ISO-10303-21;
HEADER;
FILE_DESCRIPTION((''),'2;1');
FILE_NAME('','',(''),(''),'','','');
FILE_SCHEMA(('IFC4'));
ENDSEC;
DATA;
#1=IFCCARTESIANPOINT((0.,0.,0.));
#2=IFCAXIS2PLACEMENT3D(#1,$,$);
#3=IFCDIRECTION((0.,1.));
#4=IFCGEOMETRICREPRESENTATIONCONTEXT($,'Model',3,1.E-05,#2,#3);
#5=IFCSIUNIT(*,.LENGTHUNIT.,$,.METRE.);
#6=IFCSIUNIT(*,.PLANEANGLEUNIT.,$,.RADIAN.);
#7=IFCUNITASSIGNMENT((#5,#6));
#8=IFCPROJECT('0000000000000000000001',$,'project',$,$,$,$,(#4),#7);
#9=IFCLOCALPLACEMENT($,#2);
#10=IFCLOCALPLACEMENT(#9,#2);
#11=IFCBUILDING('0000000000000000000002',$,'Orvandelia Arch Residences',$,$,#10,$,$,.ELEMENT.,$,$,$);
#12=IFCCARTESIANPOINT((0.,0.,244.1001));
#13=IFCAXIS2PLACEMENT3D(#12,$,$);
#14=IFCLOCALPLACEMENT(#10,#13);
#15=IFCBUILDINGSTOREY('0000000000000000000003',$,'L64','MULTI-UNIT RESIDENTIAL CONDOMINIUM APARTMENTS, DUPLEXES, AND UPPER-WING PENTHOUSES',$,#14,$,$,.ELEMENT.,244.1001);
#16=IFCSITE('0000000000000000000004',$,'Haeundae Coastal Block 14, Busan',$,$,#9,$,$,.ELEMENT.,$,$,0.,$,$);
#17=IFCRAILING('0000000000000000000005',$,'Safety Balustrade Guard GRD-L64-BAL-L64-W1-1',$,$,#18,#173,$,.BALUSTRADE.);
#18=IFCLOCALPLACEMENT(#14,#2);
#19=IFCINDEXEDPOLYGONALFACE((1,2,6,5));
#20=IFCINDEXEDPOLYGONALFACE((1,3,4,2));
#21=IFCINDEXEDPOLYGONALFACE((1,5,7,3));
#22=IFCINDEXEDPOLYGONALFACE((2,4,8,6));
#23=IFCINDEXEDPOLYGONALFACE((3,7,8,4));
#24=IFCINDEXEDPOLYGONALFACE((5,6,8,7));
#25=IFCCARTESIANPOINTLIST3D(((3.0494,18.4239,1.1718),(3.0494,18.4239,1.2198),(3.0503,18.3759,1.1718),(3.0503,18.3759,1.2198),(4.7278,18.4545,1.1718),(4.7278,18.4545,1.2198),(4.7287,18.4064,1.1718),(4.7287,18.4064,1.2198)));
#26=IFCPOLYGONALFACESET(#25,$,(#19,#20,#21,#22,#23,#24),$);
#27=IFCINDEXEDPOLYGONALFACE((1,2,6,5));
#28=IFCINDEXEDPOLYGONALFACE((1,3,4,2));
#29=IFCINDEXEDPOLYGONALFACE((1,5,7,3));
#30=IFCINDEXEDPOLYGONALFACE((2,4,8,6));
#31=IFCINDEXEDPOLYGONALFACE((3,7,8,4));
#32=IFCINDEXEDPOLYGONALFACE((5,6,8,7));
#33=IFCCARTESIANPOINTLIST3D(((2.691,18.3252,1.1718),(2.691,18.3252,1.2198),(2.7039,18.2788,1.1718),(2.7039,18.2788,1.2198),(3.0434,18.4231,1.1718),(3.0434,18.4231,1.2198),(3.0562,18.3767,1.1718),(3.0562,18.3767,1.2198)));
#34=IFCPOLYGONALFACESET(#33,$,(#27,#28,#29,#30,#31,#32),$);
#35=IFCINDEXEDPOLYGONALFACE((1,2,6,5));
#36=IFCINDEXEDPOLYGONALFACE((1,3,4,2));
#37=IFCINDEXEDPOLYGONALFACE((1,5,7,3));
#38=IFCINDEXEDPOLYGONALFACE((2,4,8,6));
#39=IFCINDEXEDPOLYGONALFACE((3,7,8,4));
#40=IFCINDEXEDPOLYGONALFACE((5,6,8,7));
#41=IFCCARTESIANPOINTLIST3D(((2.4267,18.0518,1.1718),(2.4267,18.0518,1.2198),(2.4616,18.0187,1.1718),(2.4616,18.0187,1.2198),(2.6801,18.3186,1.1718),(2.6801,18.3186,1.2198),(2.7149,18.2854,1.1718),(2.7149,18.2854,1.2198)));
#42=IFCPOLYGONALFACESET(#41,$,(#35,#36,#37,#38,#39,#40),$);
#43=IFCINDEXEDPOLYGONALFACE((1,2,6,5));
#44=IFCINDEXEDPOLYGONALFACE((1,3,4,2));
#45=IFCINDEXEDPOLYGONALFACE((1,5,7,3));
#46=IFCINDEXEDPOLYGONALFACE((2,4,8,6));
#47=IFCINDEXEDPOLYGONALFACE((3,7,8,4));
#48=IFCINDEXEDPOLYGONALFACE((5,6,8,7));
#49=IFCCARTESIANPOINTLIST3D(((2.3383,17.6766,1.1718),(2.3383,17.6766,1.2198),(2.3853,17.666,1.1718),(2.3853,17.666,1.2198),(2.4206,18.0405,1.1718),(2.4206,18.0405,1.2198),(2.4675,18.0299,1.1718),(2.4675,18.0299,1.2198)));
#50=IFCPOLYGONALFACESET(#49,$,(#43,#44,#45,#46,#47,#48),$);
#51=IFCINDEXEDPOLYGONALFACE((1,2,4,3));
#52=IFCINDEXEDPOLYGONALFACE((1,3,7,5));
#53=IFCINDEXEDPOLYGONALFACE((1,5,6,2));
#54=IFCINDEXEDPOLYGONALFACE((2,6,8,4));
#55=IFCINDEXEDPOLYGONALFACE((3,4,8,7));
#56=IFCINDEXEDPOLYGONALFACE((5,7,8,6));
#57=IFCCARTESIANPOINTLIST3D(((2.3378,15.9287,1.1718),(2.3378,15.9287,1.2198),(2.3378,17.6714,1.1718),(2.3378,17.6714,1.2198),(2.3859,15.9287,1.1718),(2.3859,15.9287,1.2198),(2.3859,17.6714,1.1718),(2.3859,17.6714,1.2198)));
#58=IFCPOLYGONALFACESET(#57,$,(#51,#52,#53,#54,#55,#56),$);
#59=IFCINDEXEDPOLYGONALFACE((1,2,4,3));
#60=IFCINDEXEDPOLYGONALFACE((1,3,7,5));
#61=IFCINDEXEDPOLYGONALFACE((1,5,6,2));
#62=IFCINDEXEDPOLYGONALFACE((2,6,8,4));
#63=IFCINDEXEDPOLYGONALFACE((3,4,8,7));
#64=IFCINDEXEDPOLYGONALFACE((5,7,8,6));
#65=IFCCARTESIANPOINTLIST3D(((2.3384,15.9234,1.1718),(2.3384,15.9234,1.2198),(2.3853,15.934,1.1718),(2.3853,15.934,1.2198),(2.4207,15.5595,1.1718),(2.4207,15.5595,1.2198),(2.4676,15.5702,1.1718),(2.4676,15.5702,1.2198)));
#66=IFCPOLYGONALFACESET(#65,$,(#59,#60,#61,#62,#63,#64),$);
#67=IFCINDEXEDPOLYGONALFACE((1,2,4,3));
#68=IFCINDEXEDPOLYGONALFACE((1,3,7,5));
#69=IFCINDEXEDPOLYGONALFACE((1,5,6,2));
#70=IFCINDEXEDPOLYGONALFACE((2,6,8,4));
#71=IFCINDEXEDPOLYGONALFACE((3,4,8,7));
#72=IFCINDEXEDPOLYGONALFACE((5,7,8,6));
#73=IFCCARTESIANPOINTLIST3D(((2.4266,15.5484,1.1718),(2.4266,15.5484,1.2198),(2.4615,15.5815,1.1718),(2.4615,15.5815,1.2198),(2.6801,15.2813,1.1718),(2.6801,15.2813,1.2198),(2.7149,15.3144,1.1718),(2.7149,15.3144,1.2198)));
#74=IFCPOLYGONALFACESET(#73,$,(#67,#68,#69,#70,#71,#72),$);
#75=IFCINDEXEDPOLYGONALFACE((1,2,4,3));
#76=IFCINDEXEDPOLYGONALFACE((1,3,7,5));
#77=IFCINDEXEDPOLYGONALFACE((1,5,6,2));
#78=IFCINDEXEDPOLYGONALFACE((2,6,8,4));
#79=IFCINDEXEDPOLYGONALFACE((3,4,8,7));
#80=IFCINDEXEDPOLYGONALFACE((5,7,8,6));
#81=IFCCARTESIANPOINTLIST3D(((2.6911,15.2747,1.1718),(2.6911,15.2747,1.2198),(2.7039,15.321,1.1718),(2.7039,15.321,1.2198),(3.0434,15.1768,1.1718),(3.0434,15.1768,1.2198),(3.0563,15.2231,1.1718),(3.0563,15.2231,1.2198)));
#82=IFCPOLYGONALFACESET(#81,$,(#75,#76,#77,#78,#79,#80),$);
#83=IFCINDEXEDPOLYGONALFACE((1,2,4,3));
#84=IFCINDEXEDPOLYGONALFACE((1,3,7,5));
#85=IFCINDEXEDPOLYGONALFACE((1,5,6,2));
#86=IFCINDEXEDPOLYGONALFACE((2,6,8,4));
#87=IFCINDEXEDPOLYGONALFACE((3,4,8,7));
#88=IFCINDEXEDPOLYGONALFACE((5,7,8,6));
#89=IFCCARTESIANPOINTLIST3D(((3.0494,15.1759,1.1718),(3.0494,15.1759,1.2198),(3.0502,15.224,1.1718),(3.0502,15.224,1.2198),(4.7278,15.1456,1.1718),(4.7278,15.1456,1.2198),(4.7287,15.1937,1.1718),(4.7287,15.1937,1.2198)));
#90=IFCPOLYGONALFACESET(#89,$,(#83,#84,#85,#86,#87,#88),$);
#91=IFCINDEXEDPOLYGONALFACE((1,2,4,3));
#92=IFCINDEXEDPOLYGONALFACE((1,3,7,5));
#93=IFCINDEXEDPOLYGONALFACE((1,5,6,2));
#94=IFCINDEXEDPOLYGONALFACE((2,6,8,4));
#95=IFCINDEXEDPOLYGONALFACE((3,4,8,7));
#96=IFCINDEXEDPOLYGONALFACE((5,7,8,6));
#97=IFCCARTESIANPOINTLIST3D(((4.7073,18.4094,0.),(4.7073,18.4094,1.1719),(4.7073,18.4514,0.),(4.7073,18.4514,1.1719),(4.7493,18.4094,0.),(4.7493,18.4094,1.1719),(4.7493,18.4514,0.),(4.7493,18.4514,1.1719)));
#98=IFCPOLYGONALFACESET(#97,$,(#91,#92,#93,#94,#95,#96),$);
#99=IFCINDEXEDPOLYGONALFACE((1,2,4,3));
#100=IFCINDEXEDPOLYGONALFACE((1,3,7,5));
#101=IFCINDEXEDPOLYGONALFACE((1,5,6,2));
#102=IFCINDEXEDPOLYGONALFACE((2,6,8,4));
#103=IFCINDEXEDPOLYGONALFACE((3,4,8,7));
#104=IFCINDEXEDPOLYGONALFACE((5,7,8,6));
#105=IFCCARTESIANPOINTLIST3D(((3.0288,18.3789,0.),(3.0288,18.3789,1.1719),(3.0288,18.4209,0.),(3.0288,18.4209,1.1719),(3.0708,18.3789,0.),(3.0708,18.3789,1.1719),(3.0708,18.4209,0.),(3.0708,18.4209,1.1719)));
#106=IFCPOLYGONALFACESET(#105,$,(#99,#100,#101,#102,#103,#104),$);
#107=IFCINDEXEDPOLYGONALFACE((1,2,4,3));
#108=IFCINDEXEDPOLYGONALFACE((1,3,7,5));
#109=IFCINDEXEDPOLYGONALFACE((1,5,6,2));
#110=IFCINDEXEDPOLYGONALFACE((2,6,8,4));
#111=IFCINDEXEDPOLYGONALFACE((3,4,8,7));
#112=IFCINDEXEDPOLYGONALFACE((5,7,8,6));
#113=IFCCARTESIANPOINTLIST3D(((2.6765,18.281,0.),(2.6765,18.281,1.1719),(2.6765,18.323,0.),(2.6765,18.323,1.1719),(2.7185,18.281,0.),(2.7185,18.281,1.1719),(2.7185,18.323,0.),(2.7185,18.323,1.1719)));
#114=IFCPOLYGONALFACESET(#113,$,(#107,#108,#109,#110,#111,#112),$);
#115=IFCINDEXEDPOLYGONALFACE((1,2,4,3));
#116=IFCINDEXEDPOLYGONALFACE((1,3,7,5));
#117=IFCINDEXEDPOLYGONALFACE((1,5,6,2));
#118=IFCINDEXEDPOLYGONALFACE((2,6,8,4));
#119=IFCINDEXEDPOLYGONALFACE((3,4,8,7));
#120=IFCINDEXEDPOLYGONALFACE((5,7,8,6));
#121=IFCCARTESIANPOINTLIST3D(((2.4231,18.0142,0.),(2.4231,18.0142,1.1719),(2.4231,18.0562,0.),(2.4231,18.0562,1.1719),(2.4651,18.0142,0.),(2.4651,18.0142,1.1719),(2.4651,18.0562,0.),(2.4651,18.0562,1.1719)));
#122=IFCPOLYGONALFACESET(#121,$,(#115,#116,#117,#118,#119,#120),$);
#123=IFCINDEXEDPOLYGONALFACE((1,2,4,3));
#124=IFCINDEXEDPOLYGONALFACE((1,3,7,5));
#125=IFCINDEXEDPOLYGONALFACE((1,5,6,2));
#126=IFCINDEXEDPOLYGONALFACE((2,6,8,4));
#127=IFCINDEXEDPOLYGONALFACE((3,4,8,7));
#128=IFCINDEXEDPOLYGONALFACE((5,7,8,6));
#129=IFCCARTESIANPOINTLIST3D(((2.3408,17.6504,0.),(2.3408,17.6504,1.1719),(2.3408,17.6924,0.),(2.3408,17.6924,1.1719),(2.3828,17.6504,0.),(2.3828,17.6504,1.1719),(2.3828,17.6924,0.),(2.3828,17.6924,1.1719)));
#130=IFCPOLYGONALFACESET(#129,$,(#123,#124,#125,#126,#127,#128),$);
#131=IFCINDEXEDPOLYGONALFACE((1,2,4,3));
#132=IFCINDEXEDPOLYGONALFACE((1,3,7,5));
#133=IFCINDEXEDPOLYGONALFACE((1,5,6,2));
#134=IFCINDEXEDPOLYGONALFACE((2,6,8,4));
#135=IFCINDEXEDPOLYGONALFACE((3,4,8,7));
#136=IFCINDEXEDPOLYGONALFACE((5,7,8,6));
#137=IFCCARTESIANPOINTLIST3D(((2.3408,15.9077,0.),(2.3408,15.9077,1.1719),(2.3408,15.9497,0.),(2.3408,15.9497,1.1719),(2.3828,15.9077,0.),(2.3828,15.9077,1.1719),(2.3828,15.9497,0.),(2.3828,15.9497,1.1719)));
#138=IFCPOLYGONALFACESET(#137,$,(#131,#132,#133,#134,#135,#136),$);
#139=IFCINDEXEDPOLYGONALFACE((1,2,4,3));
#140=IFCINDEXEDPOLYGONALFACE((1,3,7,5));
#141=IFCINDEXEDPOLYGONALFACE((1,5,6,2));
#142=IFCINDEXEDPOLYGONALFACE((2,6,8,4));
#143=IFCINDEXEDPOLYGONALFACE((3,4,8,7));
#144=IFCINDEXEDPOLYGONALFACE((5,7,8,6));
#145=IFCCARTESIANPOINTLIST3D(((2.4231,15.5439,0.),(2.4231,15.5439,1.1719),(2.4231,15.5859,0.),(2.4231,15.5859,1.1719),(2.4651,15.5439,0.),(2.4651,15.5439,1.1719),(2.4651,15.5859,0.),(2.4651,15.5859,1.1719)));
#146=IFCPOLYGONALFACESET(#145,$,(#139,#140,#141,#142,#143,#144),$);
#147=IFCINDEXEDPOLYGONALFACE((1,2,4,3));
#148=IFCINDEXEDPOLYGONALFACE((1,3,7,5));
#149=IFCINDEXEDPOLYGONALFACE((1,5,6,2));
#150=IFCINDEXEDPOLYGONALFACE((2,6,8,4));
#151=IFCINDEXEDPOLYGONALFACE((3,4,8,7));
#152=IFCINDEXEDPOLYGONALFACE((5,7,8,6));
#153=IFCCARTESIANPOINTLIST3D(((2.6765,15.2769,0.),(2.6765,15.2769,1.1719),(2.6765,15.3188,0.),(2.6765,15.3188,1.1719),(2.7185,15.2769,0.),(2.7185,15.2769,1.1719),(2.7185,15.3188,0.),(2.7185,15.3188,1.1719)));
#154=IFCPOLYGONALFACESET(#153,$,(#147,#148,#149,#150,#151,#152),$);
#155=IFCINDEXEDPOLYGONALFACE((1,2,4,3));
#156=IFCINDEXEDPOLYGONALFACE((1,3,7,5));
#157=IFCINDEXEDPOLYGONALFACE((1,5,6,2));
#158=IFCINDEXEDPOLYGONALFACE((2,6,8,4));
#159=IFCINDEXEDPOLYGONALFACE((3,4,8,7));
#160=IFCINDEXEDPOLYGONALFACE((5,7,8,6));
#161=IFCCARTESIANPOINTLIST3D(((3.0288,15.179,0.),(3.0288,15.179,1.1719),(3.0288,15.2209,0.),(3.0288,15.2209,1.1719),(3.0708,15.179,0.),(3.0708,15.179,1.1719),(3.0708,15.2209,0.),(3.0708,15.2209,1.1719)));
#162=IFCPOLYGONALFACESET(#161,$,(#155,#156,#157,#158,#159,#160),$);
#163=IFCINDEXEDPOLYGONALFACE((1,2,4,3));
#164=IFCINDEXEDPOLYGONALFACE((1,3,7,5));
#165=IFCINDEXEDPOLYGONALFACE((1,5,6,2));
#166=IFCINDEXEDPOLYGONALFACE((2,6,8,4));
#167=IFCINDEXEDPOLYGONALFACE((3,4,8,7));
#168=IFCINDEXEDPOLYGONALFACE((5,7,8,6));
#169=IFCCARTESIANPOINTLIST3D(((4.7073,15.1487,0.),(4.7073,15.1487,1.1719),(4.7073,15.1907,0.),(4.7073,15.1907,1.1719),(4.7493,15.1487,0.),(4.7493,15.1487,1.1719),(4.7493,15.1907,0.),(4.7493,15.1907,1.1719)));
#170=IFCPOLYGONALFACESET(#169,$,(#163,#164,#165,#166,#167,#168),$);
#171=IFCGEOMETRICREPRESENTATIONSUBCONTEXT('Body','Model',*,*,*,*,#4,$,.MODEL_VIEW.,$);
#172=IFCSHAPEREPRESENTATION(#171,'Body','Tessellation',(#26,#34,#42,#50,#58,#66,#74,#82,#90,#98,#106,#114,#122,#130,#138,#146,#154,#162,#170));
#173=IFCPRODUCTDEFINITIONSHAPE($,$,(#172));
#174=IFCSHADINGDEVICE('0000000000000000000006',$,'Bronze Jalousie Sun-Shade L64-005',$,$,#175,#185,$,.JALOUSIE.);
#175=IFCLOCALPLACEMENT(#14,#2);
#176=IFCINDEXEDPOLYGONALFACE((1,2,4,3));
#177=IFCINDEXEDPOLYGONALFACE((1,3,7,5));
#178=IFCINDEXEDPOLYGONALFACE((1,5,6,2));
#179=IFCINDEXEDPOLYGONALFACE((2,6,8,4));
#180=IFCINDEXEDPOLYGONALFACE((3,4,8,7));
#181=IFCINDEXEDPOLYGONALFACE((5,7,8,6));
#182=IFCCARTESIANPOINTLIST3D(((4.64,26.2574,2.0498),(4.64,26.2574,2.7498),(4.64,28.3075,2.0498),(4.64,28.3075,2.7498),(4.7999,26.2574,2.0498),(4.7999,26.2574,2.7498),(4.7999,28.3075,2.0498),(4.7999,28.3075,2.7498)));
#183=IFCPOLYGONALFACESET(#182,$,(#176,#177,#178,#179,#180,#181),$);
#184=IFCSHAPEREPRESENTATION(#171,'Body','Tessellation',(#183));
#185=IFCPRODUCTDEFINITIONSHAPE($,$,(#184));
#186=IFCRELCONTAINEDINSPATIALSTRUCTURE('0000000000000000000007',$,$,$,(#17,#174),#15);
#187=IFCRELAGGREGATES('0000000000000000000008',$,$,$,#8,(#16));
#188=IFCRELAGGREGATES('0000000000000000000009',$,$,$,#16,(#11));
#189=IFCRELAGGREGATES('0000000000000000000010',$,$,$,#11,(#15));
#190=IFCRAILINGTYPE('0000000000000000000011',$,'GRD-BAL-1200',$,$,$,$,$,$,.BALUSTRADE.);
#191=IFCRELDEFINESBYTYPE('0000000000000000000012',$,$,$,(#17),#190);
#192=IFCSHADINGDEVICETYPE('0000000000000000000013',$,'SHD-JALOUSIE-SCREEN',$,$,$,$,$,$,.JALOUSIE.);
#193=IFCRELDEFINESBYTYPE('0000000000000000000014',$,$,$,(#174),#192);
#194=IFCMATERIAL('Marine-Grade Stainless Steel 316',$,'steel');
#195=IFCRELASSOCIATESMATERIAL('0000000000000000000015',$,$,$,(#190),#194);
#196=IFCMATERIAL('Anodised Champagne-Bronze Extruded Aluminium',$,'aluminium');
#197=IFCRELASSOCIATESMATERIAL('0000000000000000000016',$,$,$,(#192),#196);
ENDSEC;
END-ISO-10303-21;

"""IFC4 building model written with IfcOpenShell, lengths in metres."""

from ifc_helpers import new_model, si_unit, direction, frame, origin, origin_2d, place, context, subcontext, project, spatial, rectangle, extrude, material, type_object, element, save


model = new_model("IFC4")

# Units and contexts
model_context = context("Model", 3, precision=1e-05, world=origin(), true_north=direction((0.0, 1.0)))
body_context = subcontext(model_context, "Body", "Model", "MODEL_VIEW")
ifc_project = project(units=[si_unit("LENGTHUNIT", "METRE"), si_unit("PLANEANGLEUNIT", "RADIAN")], contexts=[model_context])

# Site, building, storey
site_placement = place(None, origin())
site = spatial("IfcSite", under=ifc_project, at=site_placement, Name="Haeundae Coastal Block 14, Busan", CompositionType="ELEMENT", RefElevation=0.0)
building_placement = place(site_placement, origin())
building = spatial("IfcBuilding", under=site, at=building_placement, Name="Orvandelia Arch Residences", CompositionType="ELEMENT")
storey_placement = place(building_placement, frame((0.0, 0.0, 244.1001)))
storey = spatial("IfcBuildingStorey", under=building, at=storey_placement, Name="L64", Description="MULTI-UNIT RESIDENTIAL CONDOMINIUM APARTMENTS, DUPLEXES, AND UPPER-WING PENTHOUSES", CompositionType="ELEMENT", Elevation=244.1001)

# Railing
ifc_material_1 = material(Name="Marine-Grade Stainless Steel 316", Category="steel")
railing_type = type_object("IfcRailingType", Name="GRD-BAL-1200", PredefinedType="BALUSTRADE", material=ifc_material_1)
railing_placement = place(storey_placement, frame((4.7283, 18.4304, 0.0)))
element("IfcRailing", 1, at=railing_placement, inside=storey, type_object=railing_type, Name="Safety Balustrade Guard GRD-L64-BAL-L64-W1-1", PredefinedType="BALUSTRADE", context=body_context, shape_type="SweptSolid", body=[
    extrude(rectangle(XDim=0.0481, YDim=0.0481, at=origin_2d()), frame((0.0, 0.0, 1.1958), z_axis=(-0.999835, -0.018179, 0.0), x_axis=(0.018179, -0.999835, 0.0)), (0.0, 0.0, 1.0), 1.6787),
    extrude(rectangle(XDim=0.0481, YDim=0.0481, at=origin_2d()), frame((-1.6785, -0.0305, 1.1958), z_axis=(-0.963489, -0.267747, 0.0), x_axis=(0.267747, -0.963489, 0.0)), (0.0, 0.0, 1.0), 0.3657),
    extrude(rectangle(XDim=0.0481, YDim=0.0481, at=origin_2d()), frame((-2.0308, -0.1284, 1.1958), z_axis=(-0.688627, -0.725115, 0.0), x_axis=(0.725115, -0.688627, 0.0)), (0.0, 0.0, 1.0), 0.3679),
    extrude(rectangle(XDim=0.0481, YDim=0.0481, at=origin_2d()), frame((-2.2842, -0.3953, 1.1958), z_axis=(-0.220602, -0.975364, 0.0), x_axis=(0.975364, -0.220602, 0.0)), (0.0, 0.0, 1.0), 0.373),
    extrude(rectangle(XDim=0.0481, YDim=0.0481, at=origin_2d()), frame((-2.3665, -0.759, 1.1958), z_axis=(0.0, -1.0, 0.0), x_axis=(1.0, 0.0, 0.0)), (0.0, 0.0, 1.0), 1.7427),
    extrude(rectangle(XDim=0.0481, YDim=0.0481, at=origin_2d()), frame((-2.3665, -2.5017, 1.1958), z_axis=(0.220602, -0.975364, 0.0), x_axis=(0.975364, 0.220602, 0.0)), (0.0, 0.0, 1.0), 0.373),
    extrude(rectangle(XDim=0.0481, YDim=0.0481, at=origin_2d()), frame((-2.2842, -2.8655, 1.1958), z_axis=(0.688296, -0.72543, 0.0), x_axis=(0.72543, 0.688296, 0.0)), (0.0, 0.0, 1.0), 0.3682),
    extrude(rectangle(XDim=0.0481, YDim=0.0481, at=origin_2d()), frame((-2.0308, -3.1326, 1.1958), z_axis=(0.963489, -0.267747, 0.0), x_axis=(0.267747, 0.963489, 0.0)), (0.0, 0.0, 1.0), 0.3657),
    extrude(rectangle(XDim=0.0481, YDim=0.0481, at=origin_2d()), frame((-1.6785, -3.2305, 1.1958), z_axis=(0.999837, -0.018033, 0.0), x_axis=(0.018033, 0.999837, 0.0)), (0.0, 0.0, 1.0), 1.6787),
    extrude(rectangle(XDim=0.042, YDim=0.042, at=origin_2d()), origin(), (0.0, 0.0, 1.0), 1.1719),
    extrude(rectangle(XDim=0.042, YDim=0.042, at=origin_2d()), frame((-1.6785, -0.0305, 0.0)), (0.0, 0.0, 1.0), 1.1719),
    extrude(rectangle(XDim=0.042, YDim=0.042, at=origin_2d()), frame((-2.0308, -0.1284, 0.0)), (0.0, 0.0, 1.0), 1.1719),
    extrude(rectangle(XDim=0.042, YDim=0.042, at=origin_2d()), frame((-2.2842, -0.3953, 0.0)), (0.0, 0.0, 1.0), 1.1719),
    extrude(rectangle(XDim=0.042, YDim=0.042, at=origin_2d()), frame((-2.3665, -0.759, 0.0)), (0.0, 0.0, 1.0), 1.1719),
    extrude(rectangle(XDim=0.042, YDim=0.042, at=origin_2d()), frame((-2.3665, -2.5017, 0.0)), (0.0, 0.0, 1.0), 1.1719),
    extrude(rectangle(XDim=0.042, YDim=0.042, at=origin_2d()), frame((-2.2842, -2.8655, 0.0)), (0.0, 0.0, 1.0), 1.1719),
    extrude(rectangle(XDim=0.042, YDim=0.042, at=origin_2d()), frame((-2.0308, -3.1326, 0.0)), (0.0, 0.0, 1.0), 1.1719),
    extrude(rectangle(XDim=0.042, YDim=0.042, at=origin_2d()), frame((-1.6785, -3.2305, 0.0)), (0.0, 0.0, 1.0), 1.1719),
    extrude(rectangle(XDim=0.042, YDim=0.042, at=origin_2d()), frame((0.0, -3.2607, 0.0)), (0.0, 0.0, 1.0), 1.1719),
])

# Shading device
ifc_material_2 = material(Name="Anodised Champagne-Bronze Extruded Aluminium", Category="aluminium")
shading_device_type = type_object("IfcShadingDeviceType", Name="SHD-JALOUSIE-SCREEN", PredefinedType="JALOUSIE", material=ifc_material_2)
shading_device_placement = place(storey_placement, frame((4.72, 27.2825, 2.0498), z_axis=(0.0, 0.0, 1.0), x_axis=(0.0, 1.0, 0.0)))
element("IfcShadingDevice", 2, at=shading_device_placement, inside=storey, type_object=shading_device_type, Name="Bronze Jalousie Sun-Shade L64-005", PredefinedType="JALOUSIE", context=body_context, shape_type="SweptSolid", body=[
    extrude(rectangle(XDim=2.05, YDim=0.1599, at=origin_2d()), origin(), (0.0, 0.0, 1.0), 0.7),
])

save(model, "model.ifc")
